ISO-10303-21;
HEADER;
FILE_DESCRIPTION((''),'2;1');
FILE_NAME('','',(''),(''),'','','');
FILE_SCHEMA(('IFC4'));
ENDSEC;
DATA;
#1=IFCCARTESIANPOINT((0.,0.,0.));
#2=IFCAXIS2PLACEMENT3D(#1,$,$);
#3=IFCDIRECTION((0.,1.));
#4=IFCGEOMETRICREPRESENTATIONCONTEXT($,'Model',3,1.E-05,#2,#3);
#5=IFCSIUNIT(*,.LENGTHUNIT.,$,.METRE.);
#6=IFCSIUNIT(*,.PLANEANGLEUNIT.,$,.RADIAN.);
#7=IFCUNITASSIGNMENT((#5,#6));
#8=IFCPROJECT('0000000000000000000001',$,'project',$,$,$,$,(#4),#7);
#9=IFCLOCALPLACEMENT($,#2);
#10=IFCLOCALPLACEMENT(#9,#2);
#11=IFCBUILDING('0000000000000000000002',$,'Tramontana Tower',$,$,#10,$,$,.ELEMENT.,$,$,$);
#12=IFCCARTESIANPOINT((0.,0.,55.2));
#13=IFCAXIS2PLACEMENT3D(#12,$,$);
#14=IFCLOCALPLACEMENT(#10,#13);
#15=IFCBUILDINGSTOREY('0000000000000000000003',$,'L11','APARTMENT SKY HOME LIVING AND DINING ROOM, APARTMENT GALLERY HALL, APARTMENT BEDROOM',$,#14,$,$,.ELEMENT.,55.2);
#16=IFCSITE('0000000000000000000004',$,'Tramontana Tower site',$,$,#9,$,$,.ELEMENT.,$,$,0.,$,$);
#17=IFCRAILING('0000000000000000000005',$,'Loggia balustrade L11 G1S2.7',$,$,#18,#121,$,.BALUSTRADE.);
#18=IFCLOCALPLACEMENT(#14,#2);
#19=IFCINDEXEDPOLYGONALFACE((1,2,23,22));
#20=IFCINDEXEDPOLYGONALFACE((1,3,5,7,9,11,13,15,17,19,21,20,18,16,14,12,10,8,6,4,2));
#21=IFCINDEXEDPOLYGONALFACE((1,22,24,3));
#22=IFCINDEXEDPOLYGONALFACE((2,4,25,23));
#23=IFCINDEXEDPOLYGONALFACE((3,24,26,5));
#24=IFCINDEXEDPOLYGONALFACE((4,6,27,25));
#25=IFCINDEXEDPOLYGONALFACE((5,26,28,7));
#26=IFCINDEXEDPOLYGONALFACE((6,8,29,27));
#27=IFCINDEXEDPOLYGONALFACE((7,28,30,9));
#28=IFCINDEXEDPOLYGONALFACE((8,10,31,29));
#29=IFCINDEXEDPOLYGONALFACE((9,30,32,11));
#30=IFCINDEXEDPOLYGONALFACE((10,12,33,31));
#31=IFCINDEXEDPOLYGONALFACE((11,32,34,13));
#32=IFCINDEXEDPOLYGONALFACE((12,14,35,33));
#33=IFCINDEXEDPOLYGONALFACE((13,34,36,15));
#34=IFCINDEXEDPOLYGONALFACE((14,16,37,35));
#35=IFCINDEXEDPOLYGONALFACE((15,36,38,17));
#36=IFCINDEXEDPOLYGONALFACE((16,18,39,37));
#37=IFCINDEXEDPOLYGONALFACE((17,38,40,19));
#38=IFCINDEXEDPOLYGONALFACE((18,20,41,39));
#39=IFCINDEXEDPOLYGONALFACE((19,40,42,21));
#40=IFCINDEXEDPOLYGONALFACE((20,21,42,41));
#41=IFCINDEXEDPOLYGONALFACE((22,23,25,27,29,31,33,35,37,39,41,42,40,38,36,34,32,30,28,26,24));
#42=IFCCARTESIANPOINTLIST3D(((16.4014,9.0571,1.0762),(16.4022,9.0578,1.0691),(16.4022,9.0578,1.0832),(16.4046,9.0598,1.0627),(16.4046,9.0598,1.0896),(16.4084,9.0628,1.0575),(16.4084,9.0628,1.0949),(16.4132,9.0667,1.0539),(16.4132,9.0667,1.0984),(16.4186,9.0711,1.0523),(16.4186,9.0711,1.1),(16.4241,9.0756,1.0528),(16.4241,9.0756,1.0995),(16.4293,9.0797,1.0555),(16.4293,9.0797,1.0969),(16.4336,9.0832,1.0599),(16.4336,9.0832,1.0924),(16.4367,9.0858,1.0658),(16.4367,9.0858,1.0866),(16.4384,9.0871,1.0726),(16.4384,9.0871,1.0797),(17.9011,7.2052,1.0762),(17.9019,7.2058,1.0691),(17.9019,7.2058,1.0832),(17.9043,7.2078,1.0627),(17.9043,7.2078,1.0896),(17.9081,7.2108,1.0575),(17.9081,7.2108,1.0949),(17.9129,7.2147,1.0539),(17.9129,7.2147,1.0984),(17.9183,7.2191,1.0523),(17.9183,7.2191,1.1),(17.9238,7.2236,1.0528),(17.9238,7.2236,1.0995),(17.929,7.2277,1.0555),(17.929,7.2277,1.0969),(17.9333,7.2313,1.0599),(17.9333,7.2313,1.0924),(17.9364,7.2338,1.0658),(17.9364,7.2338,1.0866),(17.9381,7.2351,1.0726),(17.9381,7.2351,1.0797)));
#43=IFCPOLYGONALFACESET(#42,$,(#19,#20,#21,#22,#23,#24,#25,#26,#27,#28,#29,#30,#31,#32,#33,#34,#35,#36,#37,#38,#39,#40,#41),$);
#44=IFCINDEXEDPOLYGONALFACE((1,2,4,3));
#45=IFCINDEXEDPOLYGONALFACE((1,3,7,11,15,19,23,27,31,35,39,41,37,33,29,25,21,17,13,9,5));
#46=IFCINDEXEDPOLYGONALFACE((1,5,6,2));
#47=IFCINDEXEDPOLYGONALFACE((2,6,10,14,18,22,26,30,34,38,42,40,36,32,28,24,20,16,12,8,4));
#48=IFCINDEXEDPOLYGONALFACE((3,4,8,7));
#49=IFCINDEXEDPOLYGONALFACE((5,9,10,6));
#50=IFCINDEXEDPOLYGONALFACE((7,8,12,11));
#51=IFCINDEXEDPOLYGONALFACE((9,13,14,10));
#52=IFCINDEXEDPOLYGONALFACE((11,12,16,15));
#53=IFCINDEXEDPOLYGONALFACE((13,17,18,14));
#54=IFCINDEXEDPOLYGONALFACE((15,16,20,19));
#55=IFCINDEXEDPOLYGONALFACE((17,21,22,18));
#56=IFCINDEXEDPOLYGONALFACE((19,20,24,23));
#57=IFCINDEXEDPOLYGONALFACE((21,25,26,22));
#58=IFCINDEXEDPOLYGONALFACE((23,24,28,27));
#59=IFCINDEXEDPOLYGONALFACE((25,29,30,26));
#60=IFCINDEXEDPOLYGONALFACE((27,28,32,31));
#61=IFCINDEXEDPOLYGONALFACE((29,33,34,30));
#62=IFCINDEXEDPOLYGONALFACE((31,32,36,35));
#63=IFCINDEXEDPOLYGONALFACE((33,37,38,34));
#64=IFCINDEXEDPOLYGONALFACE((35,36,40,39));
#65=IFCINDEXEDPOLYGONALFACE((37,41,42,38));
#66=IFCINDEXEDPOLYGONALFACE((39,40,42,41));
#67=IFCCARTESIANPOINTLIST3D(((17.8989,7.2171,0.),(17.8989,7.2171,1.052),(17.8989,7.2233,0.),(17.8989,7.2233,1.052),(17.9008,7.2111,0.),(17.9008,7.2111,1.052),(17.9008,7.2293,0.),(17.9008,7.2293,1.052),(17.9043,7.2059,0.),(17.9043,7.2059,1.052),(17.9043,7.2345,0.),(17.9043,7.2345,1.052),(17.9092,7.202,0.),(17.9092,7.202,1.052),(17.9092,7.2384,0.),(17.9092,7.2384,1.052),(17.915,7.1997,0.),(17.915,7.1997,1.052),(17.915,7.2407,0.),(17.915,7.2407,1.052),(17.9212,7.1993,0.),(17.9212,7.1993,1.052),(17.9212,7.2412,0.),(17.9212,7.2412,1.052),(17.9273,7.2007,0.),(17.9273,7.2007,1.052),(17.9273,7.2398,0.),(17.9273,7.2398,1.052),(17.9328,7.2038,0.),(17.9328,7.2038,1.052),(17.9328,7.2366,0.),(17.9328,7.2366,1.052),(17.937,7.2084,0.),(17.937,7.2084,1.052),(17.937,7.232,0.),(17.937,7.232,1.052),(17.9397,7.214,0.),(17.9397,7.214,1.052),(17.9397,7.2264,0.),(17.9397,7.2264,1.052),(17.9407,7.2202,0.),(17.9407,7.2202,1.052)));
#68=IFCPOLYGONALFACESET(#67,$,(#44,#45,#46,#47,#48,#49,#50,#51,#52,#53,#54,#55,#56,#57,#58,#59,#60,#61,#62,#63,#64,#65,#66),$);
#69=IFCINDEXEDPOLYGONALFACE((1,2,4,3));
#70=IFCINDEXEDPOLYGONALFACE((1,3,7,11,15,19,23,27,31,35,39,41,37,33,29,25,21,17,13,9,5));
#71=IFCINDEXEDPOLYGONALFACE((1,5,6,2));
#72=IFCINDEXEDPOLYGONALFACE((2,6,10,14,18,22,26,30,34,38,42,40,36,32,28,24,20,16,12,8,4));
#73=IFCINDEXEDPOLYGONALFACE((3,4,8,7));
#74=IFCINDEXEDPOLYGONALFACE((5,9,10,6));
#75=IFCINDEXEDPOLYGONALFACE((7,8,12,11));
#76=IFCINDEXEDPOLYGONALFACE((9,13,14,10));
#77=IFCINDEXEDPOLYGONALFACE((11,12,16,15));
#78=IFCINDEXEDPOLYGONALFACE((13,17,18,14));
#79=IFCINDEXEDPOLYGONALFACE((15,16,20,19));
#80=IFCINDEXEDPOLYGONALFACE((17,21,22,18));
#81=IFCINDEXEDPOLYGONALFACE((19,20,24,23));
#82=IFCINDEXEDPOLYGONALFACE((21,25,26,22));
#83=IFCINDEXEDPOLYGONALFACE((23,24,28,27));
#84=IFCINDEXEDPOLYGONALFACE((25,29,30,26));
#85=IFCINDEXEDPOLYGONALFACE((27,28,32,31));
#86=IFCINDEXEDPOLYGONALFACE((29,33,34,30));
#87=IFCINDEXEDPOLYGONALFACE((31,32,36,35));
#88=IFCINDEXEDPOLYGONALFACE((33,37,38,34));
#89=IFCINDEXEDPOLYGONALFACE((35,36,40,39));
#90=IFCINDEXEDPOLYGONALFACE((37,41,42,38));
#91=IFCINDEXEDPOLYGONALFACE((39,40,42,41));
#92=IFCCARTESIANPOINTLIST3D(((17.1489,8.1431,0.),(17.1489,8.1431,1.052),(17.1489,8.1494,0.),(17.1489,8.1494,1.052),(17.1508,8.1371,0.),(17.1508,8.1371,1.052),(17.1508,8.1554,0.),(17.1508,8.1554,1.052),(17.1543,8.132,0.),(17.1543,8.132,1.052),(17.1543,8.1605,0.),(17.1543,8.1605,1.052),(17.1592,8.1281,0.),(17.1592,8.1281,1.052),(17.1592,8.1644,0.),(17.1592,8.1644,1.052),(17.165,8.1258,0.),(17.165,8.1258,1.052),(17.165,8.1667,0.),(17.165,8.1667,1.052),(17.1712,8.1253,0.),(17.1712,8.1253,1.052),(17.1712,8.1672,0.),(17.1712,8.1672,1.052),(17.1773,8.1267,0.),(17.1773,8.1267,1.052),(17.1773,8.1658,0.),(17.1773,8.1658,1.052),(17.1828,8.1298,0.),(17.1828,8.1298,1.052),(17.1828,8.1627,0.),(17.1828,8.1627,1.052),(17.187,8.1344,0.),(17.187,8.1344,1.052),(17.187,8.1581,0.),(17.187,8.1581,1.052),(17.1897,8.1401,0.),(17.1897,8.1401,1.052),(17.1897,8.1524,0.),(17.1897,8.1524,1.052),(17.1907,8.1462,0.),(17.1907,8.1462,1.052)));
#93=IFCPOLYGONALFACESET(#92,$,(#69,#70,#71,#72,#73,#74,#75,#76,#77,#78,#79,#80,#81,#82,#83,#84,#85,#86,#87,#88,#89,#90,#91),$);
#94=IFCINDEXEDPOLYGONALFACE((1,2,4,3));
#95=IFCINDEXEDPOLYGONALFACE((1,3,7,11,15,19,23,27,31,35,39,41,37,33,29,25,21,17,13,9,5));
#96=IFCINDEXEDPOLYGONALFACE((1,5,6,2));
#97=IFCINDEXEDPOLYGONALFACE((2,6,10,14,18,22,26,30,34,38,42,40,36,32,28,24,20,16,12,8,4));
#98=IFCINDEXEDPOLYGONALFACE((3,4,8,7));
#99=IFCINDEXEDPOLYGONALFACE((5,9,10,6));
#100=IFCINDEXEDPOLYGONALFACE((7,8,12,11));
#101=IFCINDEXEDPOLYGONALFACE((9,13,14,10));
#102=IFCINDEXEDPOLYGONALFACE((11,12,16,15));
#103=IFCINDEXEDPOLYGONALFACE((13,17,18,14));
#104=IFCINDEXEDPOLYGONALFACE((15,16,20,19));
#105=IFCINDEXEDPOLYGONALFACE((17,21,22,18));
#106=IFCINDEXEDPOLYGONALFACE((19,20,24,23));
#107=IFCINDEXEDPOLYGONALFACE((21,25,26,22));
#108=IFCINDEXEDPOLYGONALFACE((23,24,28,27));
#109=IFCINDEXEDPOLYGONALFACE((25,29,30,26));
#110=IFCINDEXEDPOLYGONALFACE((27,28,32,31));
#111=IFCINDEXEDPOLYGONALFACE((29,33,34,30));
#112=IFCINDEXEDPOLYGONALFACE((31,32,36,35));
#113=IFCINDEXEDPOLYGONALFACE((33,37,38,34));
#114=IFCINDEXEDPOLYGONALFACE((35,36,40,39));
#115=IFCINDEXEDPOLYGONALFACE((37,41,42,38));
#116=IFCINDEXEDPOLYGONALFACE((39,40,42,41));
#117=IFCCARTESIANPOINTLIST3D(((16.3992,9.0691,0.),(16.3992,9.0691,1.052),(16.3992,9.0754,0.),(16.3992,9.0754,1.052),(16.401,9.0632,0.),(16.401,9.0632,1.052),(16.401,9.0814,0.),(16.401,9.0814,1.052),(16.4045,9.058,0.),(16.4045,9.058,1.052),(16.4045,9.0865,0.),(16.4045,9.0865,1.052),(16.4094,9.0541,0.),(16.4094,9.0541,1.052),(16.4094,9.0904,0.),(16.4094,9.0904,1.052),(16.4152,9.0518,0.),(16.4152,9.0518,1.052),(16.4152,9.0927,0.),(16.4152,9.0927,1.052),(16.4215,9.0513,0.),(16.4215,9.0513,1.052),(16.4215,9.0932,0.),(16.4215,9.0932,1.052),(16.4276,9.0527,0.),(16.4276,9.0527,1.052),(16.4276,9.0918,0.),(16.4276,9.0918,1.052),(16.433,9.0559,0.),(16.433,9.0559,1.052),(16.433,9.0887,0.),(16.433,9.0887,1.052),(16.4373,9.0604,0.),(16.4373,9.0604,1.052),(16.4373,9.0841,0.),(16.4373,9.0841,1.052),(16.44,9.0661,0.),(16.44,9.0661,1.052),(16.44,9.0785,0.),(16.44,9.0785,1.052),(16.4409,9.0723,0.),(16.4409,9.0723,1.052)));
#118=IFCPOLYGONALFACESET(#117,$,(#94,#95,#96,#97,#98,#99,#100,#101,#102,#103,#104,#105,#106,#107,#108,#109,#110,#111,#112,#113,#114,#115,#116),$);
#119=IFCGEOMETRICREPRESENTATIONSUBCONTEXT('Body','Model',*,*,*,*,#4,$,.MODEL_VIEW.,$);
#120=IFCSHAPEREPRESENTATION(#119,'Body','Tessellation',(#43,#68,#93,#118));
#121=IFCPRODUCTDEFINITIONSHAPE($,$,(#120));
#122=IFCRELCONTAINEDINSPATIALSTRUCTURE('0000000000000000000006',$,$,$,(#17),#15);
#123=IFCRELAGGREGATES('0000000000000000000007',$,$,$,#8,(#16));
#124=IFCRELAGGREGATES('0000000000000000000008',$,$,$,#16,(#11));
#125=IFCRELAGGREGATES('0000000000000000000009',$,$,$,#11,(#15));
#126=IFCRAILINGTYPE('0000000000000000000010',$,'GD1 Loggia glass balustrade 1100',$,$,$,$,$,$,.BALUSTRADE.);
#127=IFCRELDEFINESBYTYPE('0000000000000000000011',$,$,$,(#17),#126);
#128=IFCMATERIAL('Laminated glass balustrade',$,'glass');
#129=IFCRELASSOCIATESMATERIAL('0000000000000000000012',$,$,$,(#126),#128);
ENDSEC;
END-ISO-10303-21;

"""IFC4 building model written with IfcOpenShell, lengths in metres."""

from ifc_helpers import new_model, si_unit, direction, frame, origin, origin_2d, place, context, subcontext, project, spatial, circle, extrude, material, type_object, element, save


model = new_model("IFC4")

# Units and contexts
model_context = context("Model", 3, precision=1e-05, world=origin(), true_north=direction((0.0, 1.0)))
body_context = subcontext(model_context, "Body", "Model", "MODEL_VIEW")
ifc_project = project(units=[si_unit("LENGTHUNIT", "METRE"), si_unit("PLANEANGLEUNIT", "RADIAN")], contexts=[model_context])

# Site, building, storey
site_placement = place(None, origin())
site = spatial("IfcSite", under=ifc_project, at=site_placement, Name="Tramontana Tower site", CompositionType="ELEMENT", RefElevation=0.0)
building_placement = place(site_placement, origin())
building = spatial("IfcBuilding", under=site, at=building_placement, Name="Tramontana Tower", CompositionType="ELEMENT")
storey_placement = place(building_placement, frame((0.0, 0.0, 55.2)))
storey = spatial("IfcBuildingStorey", under=building, at=storey_placement, Name="L11", Description="APARTMENT SKY HOME LIVING AND DINING ROOM, APARTMENT GALLERY HALL, APARTMENT BEDROOM", CompositionType="ELEMENT", Elevation=55.2)

# Railing
ifc_material_1 = material(Name="Laminated glass balustrade", Category="glass")
railing_type = type_object("IfcRailingType", Name="GD1 Loggia glass balustrade 1100", PredefinedType="BALUSTRADE", material=ifc_material_1)
railing_1_placement = place(storey_placement, frame((17.9197, 7.2202, 0.0)))
element("IfcRailing", 1, at=railing_1_placement, inside=storey, type_object=railing_type, Name="Loggia balustrade L11 G1S2.7", PredefinedType="BALUSTRADE", context=body_context, shape_type="SweptSolid", body=[
    extrude(circle(Radius=0.0239, at=origin_2d()), frame((0.0, 0.0, 1.0762), z_axis=(-0.629319, 0.777147, 0.0), x_axis=(-0.777147, -0.629319, 0.0)), (0.0, 0.0, 1.0), 2.3831),
    extrude(circle(Radius=0.021, at=origin_2d()), origin(), (0.0, 0.0, 1.0), 1.052),
    extrude(circle(Radius=0.021, at=origin_2d()), frame((-0.75, 0.926, 0.0)), (0.0, 0.0, 1.0), 1.052),
    extrude(circle(Radius=0.021, at=origin_2d()), frame((-1.4998, 1.8521, 0.0)), (0.0, 0.0, 1.0), 1.052),
])

save(model, "model.ifc")
